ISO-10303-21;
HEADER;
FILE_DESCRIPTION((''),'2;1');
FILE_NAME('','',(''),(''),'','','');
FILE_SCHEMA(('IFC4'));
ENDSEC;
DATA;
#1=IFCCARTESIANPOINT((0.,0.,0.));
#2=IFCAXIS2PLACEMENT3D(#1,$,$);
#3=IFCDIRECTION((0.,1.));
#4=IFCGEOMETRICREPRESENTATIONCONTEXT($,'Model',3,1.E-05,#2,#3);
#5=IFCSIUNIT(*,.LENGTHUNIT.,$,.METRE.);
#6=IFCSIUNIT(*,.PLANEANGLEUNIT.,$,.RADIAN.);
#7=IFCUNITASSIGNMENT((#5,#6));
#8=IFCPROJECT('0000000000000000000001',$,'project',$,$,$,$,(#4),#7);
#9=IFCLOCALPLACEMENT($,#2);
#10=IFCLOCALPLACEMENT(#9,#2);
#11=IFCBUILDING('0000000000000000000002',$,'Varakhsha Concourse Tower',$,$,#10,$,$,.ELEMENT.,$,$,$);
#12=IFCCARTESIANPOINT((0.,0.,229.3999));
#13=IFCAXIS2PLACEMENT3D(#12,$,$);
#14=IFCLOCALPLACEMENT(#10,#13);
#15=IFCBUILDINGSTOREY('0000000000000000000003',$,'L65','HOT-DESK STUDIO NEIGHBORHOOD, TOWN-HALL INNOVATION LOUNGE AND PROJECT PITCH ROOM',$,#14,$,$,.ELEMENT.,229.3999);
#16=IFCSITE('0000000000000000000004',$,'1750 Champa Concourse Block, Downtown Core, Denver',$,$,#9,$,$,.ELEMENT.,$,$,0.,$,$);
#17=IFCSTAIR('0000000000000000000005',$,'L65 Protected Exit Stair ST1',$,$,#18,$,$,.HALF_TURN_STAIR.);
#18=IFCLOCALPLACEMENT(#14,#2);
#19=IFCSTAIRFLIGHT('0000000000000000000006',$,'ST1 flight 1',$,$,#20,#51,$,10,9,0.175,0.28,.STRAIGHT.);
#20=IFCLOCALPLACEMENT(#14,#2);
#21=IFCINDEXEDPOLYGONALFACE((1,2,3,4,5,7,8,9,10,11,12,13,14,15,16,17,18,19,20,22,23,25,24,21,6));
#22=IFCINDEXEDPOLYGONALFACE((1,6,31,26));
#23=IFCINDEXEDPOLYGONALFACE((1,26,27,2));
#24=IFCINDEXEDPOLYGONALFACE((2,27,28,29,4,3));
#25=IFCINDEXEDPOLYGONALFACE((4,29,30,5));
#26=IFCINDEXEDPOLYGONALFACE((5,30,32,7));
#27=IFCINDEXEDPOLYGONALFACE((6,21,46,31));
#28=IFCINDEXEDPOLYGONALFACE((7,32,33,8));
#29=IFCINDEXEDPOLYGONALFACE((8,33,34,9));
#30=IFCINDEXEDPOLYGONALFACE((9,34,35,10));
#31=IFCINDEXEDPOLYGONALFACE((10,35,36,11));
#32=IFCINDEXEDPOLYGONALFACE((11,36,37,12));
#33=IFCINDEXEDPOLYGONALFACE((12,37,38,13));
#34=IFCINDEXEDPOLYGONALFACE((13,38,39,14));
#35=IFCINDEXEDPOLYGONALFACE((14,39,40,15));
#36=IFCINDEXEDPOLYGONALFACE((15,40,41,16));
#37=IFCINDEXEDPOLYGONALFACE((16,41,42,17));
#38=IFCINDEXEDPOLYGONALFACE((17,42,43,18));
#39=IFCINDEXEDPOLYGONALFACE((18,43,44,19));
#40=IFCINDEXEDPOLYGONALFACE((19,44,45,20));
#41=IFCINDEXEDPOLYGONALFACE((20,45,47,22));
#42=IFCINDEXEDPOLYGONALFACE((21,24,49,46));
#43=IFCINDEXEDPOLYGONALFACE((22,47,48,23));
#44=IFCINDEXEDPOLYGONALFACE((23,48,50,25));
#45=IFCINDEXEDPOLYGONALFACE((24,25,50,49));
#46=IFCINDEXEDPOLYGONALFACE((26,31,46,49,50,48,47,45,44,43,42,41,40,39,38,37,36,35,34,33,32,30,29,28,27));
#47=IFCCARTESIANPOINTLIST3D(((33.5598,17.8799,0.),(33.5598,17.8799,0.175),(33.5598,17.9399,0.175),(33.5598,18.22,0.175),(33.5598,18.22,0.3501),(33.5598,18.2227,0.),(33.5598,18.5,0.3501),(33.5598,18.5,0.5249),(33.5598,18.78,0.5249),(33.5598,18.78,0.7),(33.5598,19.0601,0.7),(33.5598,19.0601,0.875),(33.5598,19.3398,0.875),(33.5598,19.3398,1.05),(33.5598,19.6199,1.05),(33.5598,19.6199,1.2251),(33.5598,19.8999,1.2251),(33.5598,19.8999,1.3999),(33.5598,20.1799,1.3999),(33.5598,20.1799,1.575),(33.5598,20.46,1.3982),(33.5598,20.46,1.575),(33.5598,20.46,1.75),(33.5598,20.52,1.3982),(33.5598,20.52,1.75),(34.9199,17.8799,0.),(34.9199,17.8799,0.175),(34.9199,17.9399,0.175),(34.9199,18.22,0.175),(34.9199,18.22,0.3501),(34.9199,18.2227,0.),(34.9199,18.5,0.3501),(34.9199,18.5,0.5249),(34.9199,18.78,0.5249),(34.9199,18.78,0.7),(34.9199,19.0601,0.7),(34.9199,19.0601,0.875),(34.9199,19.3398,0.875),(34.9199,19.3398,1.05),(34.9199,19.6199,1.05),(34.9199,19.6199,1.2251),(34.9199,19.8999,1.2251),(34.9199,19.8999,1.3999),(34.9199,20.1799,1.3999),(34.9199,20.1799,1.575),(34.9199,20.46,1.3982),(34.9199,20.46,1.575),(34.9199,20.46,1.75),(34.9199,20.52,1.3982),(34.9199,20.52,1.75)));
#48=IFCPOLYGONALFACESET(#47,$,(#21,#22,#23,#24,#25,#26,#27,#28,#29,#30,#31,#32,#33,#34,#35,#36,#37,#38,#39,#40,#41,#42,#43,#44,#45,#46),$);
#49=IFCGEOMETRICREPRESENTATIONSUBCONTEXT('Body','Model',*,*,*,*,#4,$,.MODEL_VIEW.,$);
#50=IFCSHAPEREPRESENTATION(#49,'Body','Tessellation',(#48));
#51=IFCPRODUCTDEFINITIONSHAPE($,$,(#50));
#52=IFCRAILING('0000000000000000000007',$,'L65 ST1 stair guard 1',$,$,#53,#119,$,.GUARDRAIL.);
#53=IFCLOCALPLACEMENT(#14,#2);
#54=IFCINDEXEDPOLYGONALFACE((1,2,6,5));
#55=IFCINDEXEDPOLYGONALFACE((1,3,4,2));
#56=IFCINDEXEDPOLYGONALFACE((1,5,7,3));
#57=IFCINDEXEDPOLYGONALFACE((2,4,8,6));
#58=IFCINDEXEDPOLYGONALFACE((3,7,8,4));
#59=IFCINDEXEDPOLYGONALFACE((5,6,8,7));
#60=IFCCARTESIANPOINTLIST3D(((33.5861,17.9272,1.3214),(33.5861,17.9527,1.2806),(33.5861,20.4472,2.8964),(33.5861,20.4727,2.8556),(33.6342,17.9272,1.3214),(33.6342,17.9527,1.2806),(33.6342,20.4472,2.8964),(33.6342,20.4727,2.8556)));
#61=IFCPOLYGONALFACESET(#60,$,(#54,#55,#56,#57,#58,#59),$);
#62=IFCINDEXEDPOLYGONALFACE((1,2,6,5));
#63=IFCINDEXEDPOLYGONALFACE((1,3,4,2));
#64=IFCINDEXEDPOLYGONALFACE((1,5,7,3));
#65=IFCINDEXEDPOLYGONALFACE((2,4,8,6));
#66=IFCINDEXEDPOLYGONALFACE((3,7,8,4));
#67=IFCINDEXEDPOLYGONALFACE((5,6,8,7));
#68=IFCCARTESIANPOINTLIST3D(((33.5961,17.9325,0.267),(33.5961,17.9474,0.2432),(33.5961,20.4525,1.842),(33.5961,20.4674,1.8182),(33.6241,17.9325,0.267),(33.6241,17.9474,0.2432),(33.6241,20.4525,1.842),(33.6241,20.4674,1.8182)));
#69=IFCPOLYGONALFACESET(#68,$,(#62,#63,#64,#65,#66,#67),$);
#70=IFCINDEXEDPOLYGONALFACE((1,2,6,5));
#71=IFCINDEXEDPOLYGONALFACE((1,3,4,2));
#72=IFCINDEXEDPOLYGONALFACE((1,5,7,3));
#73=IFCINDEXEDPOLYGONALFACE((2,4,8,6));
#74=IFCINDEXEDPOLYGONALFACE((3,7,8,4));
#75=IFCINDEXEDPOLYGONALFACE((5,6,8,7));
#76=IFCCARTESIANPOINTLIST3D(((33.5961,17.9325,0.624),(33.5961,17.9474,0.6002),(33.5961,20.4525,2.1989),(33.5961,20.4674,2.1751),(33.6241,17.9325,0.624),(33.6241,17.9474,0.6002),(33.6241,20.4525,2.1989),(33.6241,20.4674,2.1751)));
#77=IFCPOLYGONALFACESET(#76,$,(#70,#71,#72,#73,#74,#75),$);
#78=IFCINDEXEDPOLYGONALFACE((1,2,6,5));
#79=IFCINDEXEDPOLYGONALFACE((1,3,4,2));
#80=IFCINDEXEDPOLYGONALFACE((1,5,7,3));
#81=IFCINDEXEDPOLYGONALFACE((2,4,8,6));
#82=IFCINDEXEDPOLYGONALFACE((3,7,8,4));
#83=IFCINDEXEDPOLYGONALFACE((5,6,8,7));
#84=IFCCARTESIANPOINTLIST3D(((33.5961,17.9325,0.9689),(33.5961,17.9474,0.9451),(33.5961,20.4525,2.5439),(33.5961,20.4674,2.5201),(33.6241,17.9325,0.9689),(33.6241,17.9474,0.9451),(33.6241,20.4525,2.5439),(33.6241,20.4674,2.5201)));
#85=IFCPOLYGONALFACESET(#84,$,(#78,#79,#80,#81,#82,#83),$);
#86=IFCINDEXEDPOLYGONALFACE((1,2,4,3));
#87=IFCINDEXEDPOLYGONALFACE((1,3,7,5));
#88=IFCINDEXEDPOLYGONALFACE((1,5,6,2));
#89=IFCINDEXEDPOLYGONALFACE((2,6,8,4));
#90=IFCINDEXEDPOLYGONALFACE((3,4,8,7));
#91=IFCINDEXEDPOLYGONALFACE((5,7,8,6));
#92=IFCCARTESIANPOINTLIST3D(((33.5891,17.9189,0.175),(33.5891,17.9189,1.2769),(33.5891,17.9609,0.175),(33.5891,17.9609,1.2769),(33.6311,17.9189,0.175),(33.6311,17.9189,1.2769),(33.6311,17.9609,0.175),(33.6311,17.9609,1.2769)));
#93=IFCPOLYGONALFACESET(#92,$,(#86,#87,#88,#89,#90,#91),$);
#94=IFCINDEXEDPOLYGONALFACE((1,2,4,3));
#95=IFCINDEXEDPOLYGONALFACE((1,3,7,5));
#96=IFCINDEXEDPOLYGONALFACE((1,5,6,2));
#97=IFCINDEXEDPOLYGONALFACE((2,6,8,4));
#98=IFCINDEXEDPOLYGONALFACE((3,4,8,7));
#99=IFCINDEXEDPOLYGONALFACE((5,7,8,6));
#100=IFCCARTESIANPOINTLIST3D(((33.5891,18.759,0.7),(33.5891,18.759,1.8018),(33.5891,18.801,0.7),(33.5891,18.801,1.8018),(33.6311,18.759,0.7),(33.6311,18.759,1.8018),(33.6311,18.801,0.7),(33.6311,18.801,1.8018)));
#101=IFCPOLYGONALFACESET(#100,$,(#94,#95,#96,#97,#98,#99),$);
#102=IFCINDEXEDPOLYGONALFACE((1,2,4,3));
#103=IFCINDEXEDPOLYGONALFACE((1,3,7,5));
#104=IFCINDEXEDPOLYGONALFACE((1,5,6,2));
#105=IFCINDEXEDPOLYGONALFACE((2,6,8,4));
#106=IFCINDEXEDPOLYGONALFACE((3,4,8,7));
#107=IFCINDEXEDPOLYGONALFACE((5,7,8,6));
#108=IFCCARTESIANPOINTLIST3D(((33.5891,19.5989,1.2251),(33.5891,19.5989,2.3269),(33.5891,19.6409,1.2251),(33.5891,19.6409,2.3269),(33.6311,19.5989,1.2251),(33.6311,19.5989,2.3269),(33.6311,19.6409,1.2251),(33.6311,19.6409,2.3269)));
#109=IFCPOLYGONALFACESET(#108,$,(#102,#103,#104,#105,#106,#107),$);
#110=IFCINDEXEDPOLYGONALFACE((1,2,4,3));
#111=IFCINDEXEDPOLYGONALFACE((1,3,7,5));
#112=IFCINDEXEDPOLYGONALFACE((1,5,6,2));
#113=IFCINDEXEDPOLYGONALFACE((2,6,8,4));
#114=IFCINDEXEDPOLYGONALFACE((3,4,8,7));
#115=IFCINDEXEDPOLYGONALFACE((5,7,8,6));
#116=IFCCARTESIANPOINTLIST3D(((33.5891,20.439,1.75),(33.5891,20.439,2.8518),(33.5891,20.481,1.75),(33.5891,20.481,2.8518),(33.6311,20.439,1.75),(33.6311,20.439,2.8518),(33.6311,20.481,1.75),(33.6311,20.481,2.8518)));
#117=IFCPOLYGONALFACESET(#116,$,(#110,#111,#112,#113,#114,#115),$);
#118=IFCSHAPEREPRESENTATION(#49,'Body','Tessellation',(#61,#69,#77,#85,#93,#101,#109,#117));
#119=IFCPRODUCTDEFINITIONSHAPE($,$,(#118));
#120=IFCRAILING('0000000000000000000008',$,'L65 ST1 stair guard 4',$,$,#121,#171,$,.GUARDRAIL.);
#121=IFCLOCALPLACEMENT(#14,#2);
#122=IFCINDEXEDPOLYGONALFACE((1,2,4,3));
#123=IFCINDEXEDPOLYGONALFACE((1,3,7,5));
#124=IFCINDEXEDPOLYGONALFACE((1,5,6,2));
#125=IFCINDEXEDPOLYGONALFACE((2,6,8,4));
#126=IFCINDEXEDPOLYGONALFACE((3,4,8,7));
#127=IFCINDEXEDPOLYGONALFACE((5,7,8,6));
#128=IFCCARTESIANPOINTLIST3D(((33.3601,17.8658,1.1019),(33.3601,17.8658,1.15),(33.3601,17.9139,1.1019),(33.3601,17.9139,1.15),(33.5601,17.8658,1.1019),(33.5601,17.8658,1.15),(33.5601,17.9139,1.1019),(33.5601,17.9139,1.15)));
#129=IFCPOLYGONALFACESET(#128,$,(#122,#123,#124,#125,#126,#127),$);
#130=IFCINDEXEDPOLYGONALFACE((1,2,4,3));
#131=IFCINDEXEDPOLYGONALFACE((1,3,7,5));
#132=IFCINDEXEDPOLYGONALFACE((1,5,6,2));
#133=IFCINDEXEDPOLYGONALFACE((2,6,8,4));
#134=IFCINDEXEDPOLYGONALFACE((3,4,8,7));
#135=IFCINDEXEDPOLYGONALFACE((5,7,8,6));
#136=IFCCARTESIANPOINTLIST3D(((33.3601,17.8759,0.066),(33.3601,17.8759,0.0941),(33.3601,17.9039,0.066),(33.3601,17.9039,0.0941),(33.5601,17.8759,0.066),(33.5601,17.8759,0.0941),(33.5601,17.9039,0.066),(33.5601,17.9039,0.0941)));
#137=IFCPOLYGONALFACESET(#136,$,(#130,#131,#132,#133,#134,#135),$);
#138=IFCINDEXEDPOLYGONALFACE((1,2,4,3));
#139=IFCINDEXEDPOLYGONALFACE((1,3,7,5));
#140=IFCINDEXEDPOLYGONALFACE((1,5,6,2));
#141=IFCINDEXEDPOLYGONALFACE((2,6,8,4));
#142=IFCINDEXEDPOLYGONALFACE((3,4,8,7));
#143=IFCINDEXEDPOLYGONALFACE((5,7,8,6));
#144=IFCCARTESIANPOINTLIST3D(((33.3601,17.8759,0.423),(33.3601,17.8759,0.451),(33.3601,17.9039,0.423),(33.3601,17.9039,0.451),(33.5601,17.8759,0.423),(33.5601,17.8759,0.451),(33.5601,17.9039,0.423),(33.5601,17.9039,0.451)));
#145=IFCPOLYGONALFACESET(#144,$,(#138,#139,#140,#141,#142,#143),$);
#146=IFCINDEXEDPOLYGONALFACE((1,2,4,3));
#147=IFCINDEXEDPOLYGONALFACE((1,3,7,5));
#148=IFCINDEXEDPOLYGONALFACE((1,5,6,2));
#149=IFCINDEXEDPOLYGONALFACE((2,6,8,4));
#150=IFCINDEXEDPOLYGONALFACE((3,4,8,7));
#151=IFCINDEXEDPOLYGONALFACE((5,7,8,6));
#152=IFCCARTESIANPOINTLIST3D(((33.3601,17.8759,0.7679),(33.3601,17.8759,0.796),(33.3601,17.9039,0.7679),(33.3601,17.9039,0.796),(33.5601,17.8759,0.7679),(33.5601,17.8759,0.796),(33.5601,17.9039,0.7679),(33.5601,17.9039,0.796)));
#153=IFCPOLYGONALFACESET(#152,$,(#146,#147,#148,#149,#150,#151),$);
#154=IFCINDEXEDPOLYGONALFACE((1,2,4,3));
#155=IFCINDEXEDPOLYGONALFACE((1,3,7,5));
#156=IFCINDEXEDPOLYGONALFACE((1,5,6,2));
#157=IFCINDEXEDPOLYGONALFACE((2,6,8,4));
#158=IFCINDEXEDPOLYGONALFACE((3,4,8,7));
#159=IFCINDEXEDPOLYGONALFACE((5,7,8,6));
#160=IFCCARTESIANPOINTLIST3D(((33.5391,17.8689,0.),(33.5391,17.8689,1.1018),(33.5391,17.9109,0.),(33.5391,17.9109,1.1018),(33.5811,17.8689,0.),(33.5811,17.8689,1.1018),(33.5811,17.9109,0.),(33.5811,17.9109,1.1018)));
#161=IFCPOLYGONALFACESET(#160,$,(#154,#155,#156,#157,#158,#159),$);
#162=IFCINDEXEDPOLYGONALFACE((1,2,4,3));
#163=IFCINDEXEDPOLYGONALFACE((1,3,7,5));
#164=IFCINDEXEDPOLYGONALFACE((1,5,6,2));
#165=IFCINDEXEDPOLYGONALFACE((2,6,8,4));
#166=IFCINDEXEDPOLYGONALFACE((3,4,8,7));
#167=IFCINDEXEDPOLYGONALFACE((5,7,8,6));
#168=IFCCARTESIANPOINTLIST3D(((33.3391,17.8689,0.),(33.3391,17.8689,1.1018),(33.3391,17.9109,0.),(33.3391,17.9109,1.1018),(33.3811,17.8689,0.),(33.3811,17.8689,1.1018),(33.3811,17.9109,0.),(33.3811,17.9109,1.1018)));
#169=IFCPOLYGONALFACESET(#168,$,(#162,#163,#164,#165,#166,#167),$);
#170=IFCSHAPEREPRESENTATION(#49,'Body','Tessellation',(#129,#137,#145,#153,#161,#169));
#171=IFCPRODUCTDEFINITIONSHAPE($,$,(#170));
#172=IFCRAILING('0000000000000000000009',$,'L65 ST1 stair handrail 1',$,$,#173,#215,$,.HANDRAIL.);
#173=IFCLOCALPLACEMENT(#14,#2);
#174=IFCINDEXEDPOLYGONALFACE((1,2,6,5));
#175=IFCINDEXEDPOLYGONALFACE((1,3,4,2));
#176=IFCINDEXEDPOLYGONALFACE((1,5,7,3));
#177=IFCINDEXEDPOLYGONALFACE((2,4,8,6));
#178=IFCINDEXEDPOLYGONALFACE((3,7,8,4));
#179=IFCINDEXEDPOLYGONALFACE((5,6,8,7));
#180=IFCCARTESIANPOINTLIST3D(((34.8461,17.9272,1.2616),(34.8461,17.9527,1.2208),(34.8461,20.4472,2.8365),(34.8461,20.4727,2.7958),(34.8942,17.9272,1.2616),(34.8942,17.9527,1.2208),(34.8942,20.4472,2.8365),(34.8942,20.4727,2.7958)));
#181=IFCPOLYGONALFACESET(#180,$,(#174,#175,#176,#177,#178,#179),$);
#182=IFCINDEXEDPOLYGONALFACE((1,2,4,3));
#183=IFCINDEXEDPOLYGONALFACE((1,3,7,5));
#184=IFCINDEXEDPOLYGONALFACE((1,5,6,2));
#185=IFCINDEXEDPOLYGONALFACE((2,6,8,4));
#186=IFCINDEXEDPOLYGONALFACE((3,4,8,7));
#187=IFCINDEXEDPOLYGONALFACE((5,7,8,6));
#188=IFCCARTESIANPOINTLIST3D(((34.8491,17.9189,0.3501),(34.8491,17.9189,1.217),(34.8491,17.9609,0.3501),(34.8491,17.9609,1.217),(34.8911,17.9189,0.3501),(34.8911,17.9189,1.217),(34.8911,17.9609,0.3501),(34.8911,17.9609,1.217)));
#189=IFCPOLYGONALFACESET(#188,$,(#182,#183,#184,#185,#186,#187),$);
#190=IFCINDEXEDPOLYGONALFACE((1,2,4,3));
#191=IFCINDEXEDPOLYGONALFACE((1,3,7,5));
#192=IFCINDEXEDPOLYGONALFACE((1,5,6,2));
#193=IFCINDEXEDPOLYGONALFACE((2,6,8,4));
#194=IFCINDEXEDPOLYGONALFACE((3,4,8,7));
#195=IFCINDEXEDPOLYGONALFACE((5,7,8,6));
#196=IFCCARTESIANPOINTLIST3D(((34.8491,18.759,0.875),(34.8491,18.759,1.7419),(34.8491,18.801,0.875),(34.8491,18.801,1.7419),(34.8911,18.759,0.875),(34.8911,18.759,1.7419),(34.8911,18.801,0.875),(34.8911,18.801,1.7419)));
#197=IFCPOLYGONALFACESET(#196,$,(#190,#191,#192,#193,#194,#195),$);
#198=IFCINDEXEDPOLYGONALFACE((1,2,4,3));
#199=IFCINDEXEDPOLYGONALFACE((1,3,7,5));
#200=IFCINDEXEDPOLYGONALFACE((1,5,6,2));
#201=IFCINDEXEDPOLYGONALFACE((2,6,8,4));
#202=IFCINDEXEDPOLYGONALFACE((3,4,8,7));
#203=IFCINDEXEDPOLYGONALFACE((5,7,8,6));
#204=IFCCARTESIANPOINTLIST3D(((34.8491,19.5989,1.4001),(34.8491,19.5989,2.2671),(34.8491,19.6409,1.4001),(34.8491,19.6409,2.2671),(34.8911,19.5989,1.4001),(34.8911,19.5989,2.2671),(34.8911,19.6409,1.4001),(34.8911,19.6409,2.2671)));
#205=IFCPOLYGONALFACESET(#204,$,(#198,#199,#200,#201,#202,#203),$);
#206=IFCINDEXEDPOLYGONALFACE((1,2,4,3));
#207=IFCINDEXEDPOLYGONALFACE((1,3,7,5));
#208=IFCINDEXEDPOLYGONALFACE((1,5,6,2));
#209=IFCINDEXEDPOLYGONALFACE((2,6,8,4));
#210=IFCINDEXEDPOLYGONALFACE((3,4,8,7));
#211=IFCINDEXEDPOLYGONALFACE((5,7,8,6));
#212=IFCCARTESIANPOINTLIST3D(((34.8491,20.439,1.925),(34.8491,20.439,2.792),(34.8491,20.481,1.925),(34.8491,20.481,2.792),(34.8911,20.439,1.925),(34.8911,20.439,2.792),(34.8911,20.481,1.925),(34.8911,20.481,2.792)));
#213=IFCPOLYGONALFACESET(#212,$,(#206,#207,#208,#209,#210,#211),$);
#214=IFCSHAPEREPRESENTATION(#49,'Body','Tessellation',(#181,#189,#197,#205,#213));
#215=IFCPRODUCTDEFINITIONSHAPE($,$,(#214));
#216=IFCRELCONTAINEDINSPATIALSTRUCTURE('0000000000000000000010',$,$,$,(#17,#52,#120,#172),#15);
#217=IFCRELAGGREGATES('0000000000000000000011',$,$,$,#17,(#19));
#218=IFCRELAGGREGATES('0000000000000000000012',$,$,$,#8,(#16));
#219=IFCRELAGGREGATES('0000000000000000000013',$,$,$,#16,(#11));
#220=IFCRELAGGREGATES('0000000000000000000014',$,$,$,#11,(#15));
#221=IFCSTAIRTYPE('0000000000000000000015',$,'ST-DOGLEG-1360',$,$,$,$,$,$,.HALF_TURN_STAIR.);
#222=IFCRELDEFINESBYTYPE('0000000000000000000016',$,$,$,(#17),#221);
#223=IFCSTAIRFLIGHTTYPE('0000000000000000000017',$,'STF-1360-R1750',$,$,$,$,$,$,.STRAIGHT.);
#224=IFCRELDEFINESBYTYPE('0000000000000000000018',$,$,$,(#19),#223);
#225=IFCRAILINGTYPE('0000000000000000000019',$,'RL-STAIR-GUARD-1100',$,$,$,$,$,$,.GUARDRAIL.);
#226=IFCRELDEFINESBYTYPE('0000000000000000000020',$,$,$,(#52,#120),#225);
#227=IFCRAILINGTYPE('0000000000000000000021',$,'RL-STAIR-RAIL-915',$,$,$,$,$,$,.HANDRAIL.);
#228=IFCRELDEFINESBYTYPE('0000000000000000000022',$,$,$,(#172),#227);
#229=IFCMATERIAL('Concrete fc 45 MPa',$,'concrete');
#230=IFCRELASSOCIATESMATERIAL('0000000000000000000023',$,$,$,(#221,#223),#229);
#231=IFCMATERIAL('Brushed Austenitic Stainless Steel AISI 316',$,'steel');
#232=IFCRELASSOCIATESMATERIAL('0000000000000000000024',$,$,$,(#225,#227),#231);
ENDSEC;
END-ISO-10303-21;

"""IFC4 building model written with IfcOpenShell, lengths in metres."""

from ifc_helpers import new_model, si_unit, direction, frame, origin, origin_2d, place, context, subcontext, project, spatial, polyline, rectangle, outline, extrude, material, type_object, element, aggregate, save


model = new_model("IFC4")

# Units and contexts
model_context = context("Model", 3, precision=1e-05, world=origin(), true_north=direction((0.0, 1.0)))
body_context = subcontext(model_context, "Body", "Model", "MODEL_VIEW")
ifc_project = project(units=[si_unit("LENGTHUNIT", "METRE"), si_unit("PLANEANGLEUNIT", "RADIAN")], contexts=[model_context])

# Site, building, storey
site_placement = place(None, origin())
site = spatial("IfcSite", under=ifc_project, at=site_placement, Name="1750 Champa Concourse Block, Downtown Core, Denver", CompositionType="ELEMENT", RefElevation=0.0)
building_placement = place(site_placement, origin())
building = spatial("IfcBuilding", under=site, at=building_placement, Name="Varakhsha Concourse Tower", CompositionType="ELEMENT")
storey_placement = place(building_placement, frame((0.0, 0.0, 229.3999)))
storey = spatial("IfcBuildingStorey", under=building, at=storey_placement, Name="L65", Description="HOT-DESK STUDIO NEIGHBORHOOD, TOWN-HALL INNOVATION LOUNGE AND PROJECT PITCH ROOM", CompositionType="ELEMENT", Elevation=229.3999)

# Shared definitions
ifc_material_1 = material(Name="Concrete fc 45 MPa", Category="concrete")

# Stair, stair flight
stair_type = type_object("IfcStairType", Name="ST-DOGLEG-1360", PredefinedType="HALF_TURN_STAIR", material=ifc_material_1)
stair_placement = place(storey_placement, origin())
stair = element("IfcStair", 1, at=stair_placement, inside=storey, type_object=stair_type, Name="L65 Protected Exit Stair ST1", PredefinedType="HALF_TURN_STAIR")
stair_flight_type = type_object("IfcStairFlightType", Name="STF-1360-R1750", PredefinedType="STRAIGHT", material=ifc_material_1)
stair_flight_placement = place(storey_placement, frame((34.24, 17.9399, 0.0), z_axis=(0.0, 0.0, 1.0), x_axis=(0.0, 1.0, 0.0)))
stair_flight = element("IfcStairFlight", 2, at=stair_flight_placement, type_object=stair_flight_type, Name="ST1 flight 1", NumberOfRisers=10, NumberOfTreads=9, PredefinedType="STRAIGHT", RiserHeight=0.175, TreadLength=0.28, context=body_context, shape_type="SweptSolid", body=[
    extrude(outline(polyline([(-0.0601, 0.0), (-0.0601, 0.175), (0.0, 0.175), (0.28, 0.175), (0.28, 0.3501), (0.5601, 0.3501), (0.5601, 0.5249), (0.8401, 0.5249), (0.8401, 0.7), (1.1201, 0.7), (1.1201, 0.875), (1.3999, 0.875), (1.3999, 1.05), (1.6799, 1.05), (1.6799, 1.2251), (1.96, 1.2251), (1.96, 1.3999), (2.24, 1.3999), (2.24, 1.575), (2.52, 1.575), (2.52, 1.75), (2.5801, 1.75), (2.5801, 1.3982), (2.52, 1.3982), (0.2827, 0.0), (-0.0601, 0.0)])), frame((0.0, 0.6802, 0.0), z_axis=(0.0, -1.0, 0.0), x_axis=(1.0, 0.0, 0.0)), (0.0, 0.0, 1.0), 1.3601),
])
aggregate(stair, [stair_flight])

# Railings
ifc_material_2 = material(Name="Brushed Austenitic Stainless Steel AISI 316", Category="steel")
railing_type_1 = type_object("IfcRailingType", Name="RL-STAIR-GUARD-1100", PredefinedType="GUARDRAIL", material=ifc_material_2)
railing_1_placement = place(storey_placement, frame((33.6101, 17.9399, 0.175)))
element("IfcRailing", 3, at=railing_1_placement, inside=storey, type_object=railing_type_1, Name="L65 ST1 stair guard 1", PredefinedType="GUARDRAIL", context=body_context, shape_type="SweptSolid", body=[
    extrude(rectangle(XDim=0.0481, YDim=0.0481, at=origin_2d()), frame((0.0, 0.0, 1.126), z_axis=(0.0, 0.848008, 0.529984), x_axis=(-1.0, 0.0, 0.0)), (0.0, 0.0, 1.0), 2.9717),
    extrude(rectangle(XDim=0.0281, YDim=0.0281, at=origin_2d()), frame((0.0, 0.0, 0.0801), z_axis=(0.0, 0.848008, 0.529984), x_axis=(-1.0, 0.0, 0.0)), (0.0, 0.0, 1.0), 2.9717),
    extrude(rectangle(XDim=0.0281, YDim=0.0281, at=origin_2d()), frame((0.0, 0.0, 0.437), z_axis=(0.0, 0.848008, 0.529984), x_axis=(-1.0, 0.0, 0.0)), (0.0, 0.0, 1.0), 2.9717),
    extrude(rectangle(XDim=0.0281, YDim=0.0281, at=origin_2d()), frame((0.0, 0.0, 0.782), z_axis=(0.0, 0.848008, 0.529984), x_axis=(-1.0, 0.0, 0.0)), (0.0, 0.0, 1.0), 2.9717),
    extrude(rectangle(XDim=0.042, YDim=0.042, at=origin_2d()), origin(), (0.0, 0.0, 1.0), 1.1018),
    extrude(rectangle(XDim=0.042, YDim=0.042, at=origin_2d()), frame((0.0, 0.8401, 0.5249)), (0.0, 0.0, 1.0), 1.1018),
    extrude(rectangle(XDim=0.042, YDim=0.042, at=origin_2d()), frame((0.0, 1.6799, 1.05)), (0.0, 0.0, 1.0), 1.1018),
    extrude(rectangle(XDim=0.042, YDim=0.042, at=origin_2d()), frame((0.0, 2.52, 1.575)), (0.0, 0.0, 1.0), 1.1018),
])
railing_2_placement = place(storey_placement, frame((33.5601, 17.8899, 0.0)))
element("IfcRailing", 4, at=railing_2_placement, inside=storey, type_object=railing_type_1, Name="L65 ST1 stair guard 4", PredefinedType="GUARDRAIL", context=body_context, shape_type="SweptSolid", body=[
    extrude(rectangle(XDim=0.0481, YDim=0.0481, at=origin_2d()), frame((0.0, 0.0, 1.126), z_axis=(-1.0, 0.0, 0.0), x_axis=(0.0, -1.0, 0.0)), (0.0, 0.0, 1.0), 0.2),
    extrude(rectangle(XDim=0.0281, YDim=0.0281, at=origin_2d()), frame((0.0, 0.0, 0.0801), z_axis=(-1.0, 0.0, 0.0), x_axis=(0.0, -1.0, 0.0)), (0.0, 0.0, 1.0), 0.2),
    extrude(rectangle(XDim=0.0281, YDim=0.0281, at=origin_2d()), frame((0.0, 0.0, 0.437), z_axis=(-1.0, 0.0, 0.0), x_axis=(0.0, -1.0, 0.0)), (0.0, 0.0, 1.0), 0.2),
    extrude(rectangle(XDim=0.0281, YDim=0.0281, at=origin_2d()), frame((0.0, 0.0, 0.782), z_axis=(-1.0, 0.0, 0.0), x_axis=(0.0, -1.0, 0.0)), (0.0, 0.0, 1.0), 0.2),
    extrude(rectangle(XDim=0.042, YDim=0.042, at=origin_2d()), origin(), (0.0, 0.0, 1.0), 1.1018),
    extrude(rectangle(XDim=0.042, YDim=0.042, at=origin_2d()), frame((-0.2, 0.0, 0.0)), (0.0, 0.0, 1.0), 1.1018),
])
railing_type_2 = type_object("IfcRailingType", Name="RL-STAIR-RAIL-915", PredefinedType="HANDRAIL", material=ifc_material_2)
railing_3_placement = place(storey_placement, frame((34.8701, 17.9399, 0.3501)))
element("IfcRailing", 5, at=railing_3_placement, inside=storey, type_object=railing_type_2, Name="L65 ST1 stair handrail 1", PredefinedType="HANDRAIL", context=body_context, shape_type="SweptSolid", body=[
    extrude(rectangle(XDim=0.0481, YDim=0.0481, at=origin_2d()), frame((0.0, 0.0, 0.8911), z_axis=(0.0, 0.848008, 0.529984), x_axis=(-1.0, 0.0, 0.0)), (0.0, 0.0, 1.0), 2.9717),
    extrude(rectangle(XDim=0.042, YDim=0.042, at=origin_2d()), origin(), (0.0, 0.0, 1.0), 0.8669),
    extrude(rectangle(XDim=0.042, YDim=0.042, at=origin_2d()), frame((0.0, 0.8401, 0.5249)), (0.0, 0.0, 1.0), 0.8669),
    extrude(rectangle(XDim=0.042, YDim=0.042, at=origin_2d()), frame((0.0, 1.6799, 1.05)), (0.0, 0.0, 1.0), 0.8669),
    extrude(rectangle(XDim=0.042, YDim=0.042, at=origin_2d()), frame((0.0, 2.52, 1.575)), (0.0, 0.0, 1.0), 0.8669),
])

save(model, "model.ifc")
